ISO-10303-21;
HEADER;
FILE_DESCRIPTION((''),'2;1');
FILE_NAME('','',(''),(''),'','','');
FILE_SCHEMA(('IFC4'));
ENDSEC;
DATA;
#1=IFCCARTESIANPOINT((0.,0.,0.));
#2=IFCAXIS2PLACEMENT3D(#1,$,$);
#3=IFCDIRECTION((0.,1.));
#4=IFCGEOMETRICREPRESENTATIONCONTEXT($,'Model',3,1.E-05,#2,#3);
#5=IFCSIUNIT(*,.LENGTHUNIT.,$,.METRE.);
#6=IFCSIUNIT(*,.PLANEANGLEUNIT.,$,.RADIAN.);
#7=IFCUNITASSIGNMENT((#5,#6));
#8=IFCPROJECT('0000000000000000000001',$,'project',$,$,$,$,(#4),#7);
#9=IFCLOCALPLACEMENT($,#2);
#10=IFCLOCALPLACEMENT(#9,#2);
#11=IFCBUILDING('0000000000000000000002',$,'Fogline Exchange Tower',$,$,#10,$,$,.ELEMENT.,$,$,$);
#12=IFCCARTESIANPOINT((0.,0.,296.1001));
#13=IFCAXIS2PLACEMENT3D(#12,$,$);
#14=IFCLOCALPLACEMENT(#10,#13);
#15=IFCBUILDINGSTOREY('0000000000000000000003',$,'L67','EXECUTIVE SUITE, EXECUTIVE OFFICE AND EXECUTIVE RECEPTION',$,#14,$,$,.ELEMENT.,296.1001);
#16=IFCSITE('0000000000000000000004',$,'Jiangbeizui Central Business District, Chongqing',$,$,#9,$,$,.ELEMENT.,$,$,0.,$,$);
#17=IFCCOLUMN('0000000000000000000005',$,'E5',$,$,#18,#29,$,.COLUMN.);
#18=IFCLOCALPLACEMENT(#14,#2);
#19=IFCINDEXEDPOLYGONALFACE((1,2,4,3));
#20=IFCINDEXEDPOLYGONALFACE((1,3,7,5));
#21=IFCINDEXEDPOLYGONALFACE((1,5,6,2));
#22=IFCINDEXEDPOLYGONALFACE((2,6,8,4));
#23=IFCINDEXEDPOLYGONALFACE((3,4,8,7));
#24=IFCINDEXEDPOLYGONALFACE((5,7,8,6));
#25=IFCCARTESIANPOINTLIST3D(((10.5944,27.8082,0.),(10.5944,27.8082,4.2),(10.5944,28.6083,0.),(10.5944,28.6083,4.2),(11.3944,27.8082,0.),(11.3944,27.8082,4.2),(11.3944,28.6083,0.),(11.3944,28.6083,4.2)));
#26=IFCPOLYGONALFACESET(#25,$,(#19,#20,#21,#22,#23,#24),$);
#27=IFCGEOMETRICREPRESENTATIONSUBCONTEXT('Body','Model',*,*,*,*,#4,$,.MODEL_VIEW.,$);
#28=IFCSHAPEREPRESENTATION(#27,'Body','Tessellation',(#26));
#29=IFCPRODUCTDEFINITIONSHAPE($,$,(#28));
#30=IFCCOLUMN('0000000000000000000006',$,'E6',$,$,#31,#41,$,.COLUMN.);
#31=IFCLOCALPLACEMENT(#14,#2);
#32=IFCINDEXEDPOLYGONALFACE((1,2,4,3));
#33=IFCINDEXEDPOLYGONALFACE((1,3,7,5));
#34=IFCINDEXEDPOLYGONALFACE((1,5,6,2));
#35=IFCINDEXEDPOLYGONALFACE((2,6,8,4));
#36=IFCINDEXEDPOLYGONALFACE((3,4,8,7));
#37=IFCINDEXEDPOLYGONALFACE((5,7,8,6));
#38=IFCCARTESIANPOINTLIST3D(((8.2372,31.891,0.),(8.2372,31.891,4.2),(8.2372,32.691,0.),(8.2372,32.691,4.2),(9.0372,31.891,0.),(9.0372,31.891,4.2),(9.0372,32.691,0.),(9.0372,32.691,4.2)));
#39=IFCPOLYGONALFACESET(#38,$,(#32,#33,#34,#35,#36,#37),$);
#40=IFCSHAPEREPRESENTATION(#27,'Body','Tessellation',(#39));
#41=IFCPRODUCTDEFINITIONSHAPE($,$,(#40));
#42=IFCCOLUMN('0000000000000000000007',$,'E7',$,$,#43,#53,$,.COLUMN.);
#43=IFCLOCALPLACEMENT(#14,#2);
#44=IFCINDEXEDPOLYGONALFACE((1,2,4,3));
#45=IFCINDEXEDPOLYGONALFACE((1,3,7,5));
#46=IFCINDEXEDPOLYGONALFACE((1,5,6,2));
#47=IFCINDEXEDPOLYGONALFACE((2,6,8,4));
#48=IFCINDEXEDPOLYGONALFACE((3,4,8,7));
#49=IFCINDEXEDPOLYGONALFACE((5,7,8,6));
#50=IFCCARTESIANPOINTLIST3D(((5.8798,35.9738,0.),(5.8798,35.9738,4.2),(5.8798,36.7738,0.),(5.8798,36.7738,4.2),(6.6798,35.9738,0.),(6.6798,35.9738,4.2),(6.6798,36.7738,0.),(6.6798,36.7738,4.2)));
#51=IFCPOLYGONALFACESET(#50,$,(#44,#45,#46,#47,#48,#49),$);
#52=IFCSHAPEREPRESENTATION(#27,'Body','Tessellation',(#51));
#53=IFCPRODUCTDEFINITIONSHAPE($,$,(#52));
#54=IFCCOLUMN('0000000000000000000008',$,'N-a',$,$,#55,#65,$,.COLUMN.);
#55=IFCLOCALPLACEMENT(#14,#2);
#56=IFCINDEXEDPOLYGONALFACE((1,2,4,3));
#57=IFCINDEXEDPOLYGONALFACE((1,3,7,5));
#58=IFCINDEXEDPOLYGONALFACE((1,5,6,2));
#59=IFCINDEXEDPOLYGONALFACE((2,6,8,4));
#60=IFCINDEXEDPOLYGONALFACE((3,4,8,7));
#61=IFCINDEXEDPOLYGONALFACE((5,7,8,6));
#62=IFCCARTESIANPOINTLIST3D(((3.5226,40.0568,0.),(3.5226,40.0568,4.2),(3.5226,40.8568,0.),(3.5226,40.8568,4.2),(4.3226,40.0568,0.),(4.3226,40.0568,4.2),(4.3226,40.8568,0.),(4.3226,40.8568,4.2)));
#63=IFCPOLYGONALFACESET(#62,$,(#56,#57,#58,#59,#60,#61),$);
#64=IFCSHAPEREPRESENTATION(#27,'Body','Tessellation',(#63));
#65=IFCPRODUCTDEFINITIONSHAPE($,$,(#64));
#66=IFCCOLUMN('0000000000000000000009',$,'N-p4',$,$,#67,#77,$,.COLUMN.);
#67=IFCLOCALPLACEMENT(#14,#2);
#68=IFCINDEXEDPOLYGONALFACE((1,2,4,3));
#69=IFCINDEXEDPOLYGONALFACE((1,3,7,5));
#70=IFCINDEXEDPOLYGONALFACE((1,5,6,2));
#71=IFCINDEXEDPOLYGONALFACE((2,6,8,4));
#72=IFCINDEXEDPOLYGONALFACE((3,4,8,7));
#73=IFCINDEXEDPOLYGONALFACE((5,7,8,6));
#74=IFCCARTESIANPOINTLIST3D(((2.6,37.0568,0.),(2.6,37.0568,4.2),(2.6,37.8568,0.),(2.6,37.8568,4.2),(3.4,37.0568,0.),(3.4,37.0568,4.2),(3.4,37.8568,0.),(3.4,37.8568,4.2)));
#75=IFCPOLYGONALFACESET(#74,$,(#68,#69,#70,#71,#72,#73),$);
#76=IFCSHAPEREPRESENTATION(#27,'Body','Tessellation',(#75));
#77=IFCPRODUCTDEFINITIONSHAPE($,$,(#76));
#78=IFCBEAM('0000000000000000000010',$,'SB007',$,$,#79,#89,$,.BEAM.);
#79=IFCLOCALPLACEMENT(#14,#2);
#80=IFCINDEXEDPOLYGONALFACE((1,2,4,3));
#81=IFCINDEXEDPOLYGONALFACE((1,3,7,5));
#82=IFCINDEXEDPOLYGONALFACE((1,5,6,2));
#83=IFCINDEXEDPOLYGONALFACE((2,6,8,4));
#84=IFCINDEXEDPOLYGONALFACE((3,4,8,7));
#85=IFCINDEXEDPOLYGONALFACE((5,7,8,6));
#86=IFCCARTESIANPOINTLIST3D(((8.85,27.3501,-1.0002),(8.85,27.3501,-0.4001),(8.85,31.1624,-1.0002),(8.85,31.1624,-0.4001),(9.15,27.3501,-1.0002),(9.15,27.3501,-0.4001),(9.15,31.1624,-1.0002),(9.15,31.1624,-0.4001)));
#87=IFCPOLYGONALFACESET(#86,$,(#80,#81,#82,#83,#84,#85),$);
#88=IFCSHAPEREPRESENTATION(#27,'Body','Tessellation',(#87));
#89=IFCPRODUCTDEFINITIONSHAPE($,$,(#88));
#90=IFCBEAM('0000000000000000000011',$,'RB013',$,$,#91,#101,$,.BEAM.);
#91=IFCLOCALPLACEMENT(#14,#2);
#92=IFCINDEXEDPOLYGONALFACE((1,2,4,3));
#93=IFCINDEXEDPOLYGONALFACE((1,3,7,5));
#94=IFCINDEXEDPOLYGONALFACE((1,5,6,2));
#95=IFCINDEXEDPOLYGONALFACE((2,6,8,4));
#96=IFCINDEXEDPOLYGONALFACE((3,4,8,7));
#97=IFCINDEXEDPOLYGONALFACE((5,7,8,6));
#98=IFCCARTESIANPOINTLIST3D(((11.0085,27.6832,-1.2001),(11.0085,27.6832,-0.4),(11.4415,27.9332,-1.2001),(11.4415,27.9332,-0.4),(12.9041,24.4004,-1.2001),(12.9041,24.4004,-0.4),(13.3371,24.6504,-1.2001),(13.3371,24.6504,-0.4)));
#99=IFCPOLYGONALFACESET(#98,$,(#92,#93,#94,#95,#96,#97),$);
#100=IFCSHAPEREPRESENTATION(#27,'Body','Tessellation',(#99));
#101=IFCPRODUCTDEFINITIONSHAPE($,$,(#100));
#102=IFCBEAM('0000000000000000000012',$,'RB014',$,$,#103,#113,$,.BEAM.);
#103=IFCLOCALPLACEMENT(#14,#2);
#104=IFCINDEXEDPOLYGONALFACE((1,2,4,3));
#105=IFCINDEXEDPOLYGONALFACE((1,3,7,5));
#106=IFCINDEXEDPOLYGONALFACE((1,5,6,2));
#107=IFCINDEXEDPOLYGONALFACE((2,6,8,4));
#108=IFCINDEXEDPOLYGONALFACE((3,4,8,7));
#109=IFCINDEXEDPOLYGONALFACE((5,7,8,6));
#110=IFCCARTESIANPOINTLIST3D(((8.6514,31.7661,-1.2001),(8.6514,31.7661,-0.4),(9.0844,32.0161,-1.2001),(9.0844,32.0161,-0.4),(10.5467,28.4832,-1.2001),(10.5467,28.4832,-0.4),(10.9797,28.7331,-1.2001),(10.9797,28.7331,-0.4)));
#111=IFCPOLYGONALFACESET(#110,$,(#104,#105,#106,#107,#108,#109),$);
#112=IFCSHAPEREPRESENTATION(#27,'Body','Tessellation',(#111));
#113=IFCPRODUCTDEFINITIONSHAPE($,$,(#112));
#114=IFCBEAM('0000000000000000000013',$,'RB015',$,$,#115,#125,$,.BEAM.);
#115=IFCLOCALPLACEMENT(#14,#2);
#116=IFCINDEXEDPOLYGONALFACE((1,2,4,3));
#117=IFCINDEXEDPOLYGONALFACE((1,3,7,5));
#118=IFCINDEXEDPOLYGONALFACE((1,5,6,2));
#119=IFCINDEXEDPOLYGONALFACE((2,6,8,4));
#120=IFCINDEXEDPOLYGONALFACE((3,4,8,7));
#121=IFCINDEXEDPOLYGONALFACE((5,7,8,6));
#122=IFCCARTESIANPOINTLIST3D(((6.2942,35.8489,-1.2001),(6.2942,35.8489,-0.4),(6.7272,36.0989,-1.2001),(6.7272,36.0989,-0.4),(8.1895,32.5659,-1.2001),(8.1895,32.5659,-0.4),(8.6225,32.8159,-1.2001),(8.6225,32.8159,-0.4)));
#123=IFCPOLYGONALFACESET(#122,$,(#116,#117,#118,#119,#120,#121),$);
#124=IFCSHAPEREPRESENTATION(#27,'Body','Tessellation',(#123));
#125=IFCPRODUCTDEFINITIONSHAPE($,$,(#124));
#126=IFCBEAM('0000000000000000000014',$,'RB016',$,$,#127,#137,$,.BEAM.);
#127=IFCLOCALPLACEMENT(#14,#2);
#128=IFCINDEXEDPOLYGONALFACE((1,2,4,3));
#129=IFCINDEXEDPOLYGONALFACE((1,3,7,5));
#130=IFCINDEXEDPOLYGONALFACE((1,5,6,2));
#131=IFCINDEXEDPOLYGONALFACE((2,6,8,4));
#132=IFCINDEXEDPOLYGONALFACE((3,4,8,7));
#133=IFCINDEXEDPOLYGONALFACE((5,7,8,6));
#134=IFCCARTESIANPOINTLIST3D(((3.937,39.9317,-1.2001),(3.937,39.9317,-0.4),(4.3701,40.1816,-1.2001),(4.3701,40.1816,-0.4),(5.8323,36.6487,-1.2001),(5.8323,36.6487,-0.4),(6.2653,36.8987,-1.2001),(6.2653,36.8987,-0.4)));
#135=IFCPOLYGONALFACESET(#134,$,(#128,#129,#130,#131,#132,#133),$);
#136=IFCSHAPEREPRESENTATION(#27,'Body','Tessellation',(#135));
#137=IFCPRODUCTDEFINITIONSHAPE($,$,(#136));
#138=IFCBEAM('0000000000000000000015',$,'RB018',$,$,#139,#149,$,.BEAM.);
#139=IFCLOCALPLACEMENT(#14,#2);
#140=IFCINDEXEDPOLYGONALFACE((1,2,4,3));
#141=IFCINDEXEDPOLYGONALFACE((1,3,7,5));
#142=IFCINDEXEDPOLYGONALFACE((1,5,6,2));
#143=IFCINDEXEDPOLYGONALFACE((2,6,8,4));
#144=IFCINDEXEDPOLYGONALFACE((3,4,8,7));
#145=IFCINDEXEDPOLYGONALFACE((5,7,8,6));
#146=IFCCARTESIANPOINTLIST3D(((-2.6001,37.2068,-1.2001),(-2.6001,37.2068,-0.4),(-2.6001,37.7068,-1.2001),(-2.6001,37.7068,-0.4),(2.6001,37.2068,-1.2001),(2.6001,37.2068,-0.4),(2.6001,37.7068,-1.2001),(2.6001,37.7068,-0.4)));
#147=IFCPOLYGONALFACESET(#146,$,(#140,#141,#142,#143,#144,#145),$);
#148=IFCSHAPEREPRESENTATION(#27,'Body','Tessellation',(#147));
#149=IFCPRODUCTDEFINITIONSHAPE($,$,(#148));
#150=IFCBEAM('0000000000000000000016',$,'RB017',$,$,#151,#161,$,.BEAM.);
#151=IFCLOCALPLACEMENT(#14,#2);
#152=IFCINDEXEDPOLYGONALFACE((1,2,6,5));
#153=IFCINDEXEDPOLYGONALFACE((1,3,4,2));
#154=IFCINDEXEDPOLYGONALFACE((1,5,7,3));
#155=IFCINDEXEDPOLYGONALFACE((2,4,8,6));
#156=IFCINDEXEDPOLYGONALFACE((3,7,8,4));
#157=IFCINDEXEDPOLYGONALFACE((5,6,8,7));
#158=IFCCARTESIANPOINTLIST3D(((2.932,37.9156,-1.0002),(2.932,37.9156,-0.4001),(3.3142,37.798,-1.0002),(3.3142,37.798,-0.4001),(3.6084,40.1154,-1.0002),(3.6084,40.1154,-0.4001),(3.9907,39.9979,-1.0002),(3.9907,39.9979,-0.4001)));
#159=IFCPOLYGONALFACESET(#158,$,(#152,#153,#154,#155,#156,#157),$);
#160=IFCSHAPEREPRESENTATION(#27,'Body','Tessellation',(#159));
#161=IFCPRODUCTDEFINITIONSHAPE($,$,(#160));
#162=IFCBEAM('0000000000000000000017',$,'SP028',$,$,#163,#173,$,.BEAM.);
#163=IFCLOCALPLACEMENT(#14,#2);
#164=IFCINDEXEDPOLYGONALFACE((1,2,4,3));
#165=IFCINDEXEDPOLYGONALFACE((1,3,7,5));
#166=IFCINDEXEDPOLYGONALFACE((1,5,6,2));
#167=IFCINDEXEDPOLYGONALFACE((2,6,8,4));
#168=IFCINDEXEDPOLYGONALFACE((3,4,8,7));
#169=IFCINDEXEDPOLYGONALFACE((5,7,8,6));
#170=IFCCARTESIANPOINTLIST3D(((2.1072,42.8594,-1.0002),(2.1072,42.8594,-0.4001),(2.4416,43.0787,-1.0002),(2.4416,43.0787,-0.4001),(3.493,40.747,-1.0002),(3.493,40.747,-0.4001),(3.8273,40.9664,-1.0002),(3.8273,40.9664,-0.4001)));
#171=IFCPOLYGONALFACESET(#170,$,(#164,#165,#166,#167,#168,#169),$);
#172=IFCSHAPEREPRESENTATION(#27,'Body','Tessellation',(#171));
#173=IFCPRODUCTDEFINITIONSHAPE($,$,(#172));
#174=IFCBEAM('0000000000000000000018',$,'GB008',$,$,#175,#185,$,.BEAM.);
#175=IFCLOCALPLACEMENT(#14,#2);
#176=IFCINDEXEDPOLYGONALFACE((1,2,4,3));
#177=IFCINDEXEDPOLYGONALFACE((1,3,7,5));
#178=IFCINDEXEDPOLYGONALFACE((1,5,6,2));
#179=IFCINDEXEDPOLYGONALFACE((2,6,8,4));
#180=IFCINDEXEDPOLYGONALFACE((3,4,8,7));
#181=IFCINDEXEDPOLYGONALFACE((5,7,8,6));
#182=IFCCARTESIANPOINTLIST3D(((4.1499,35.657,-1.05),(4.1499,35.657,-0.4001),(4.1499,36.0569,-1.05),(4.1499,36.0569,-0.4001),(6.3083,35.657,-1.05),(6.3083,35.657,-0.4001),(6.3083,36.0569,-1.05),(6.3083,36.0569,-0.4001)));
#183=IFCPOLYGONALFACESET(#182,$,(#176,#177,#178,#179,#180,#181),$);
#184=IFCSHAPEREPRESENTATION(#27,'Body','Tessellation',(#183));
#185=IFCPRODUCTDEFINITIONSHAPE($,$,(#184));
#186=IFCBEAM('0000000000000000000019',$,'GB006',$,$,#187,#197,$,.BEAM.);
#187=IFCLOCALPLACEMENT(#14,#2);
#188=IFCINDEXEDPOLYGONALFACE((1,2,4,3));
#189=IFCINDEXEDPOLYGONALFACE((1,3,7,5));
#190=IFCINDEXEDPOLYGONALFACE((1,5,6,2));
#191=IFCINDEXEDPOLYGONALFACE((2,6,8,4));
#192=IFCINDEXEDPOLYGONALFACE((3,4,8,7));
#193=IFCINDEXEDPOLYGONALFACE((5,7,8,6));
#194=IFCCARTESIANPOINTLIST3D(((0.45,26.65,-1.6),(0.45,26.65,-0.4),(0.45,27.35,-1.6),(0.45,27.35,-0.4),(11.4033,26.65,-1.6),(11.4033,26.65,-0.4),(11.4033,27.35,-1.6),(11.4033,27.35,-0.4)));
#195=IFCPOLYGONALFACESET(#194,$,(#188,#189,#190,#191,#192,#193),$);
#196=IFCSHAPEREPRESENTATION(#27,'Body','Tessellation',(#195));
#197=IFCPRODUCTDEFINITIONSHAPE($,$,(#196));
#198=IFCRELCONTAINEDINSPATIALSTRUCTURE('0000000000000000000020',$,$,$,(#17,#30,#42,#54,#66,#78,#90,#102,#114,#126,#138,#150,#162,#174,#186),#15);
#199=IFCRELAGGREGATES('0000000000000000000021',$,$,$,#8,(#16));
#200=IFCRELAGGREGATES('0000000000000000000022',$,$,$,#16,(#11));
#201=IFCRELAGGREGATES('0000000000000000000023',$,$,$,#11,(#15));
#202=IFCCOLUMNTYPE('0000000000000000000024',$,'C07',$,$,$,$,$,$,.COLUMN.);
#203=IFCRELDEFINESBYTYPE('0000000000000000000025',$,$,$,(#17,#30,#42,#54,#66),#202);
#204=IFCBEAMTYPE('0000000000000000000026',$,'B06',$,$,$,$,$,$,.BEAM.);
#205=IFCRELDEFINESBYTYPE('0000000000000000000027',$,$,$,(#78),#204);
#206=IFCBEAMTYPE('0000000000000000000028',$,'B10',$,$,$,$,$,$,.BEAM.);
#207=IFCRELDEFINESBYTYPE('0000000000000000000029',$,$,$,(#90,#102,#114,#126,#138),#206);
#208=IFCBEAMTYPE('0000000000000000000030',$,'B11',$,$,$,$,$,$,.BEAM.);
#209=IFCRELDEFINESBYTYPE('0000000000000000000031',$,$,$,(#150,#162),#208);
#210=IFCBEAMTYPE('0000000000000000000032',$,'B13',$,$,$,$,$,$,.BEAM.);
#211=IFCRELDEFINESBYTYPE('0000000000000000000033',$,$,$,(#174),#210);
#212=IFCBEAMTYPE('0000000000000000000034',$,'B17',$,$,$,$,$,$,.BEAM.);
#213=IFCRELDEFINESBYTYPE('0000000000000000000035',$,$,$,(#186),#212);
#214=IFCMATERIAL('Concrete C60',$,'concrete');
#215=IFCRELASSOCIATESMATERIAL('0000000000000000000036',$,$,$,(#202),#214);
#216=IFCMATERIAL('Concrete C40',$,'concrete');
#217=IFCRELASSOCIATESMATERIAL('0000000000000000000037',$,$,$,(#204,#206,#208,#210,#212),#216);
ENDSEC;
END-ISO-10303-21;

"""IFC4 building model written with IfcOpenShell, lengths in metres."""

from ifc_helpers import new_model, si_unit, direction, frame, origin, origin_2d, place, context, subcontext, project, spatial, rectangle, extrude, material, material_profile, profile_set, type_object, element, save


model = new_model("IFC4")

# Units and contexts
model_context = context("Model", 3, precision=1e-05, world=origin(), true_north=direction((0.0, 1.0)))
body_context = subcontext(model_context, "Body", "Model", "MODEL_VIEW")
ifc_project = project(units=[si_unit("LENGTHUNIT", "METRE"), si_unit("PLANEANGLEUNIT", "RADIAN")], contexts=[model_context])

# Site, building, storey
site_placement = place(None, origin())
site = spatial("IfcSite", under=ifc_project, at=site_placement, Name="Jiangbeizui Central Business District, Chongqing", CompositionType="ELEMENT", RefElevation=0.0)
building_placement = place(site_placement, origin())
building = spatial("IfcBuilding", under=site, at=building_placement, Name="Fogline Exchange Tower", CompositionType="ELEMENT")
storey_placement = place(building_placement, frame((0.0, 0.0, 296.1001)))
storey = spatial("IfcBuildingStorey", under=building, at=storey_placement, Name="L67", Description="EXECUTIVE SUITE, EXECUTIVE OFFICE AND EXECUTIVE RECEPTION", CompositionType="ELEMENT", Elevation=296.1001)

# Columns
ifc_material_1 = material(Name="Concrete C60", Category="concrete")
ifc_material_profile_1 = material_profile(ifc_material_1, rectangle(XDim=0.8, YDim=0.8, at=origin_2d()), Name="RC 800x800")
ifc_profile_set_1 = profile_set([ifc_material_profile_1], Name="Concrete C60")
column_type = type_object("IfcColumnType", Name="C07", PredefinedType="COLUMN", material=ifc_profile_set_1)
for number, where, z_axis, x_axis, name in (
    (1, (10.9944, 28.2083, 0.0), (0.0, 0.0, 1.0), (1.0, 0.0, 0.0), "E5"),
    (2, (8.6372, 32.291, 0.0), (0.0, 0.0, 1.0), (1.0, 0.0, 0.0), "E6"),
    (3, (6.2798, 36.3738, 0.0), (0.0, 0.0, 1.0), (1.0, 0.0, 0.0), "E7"),
    (4, (3.9226, 40.4568, 0.0), (0.0, 0.0, 1.0), (1.0, 0.0, 0.0), "N-a"),
    (5, (3.0, 37.4568, 0.0), (0.0, 0.0, 1.0), (1.0, 0.0, 0.0), "N-p4"),
):
    element("IfcColumn", number, at=place(storey_placement, frame(where, z_axis=z_axis, x_axis=x_axis)), inside=storey, type_object=column_type, Name=name, PredefinedType="COLUMN", context=body_context, shape_type="SweptSolid", body=[
        extrude(rectangle(XDim=0.8, YDim=0.8, at=origin_2d()), origin(), (0.0, 0.0, 1.0), 4.2),
    ])

# Beams
ifc_material_2 = material(Name="Concrete C40", Category="concrete")
ifc_material_profile_2 = material_profile(ifc_material_2, rectangle(XDim=0.3, YDim=0.6001, at=origin_2d()), Name="RC 300x600")
ifc_profile_set_2 = profile_set([ifc_material_profile_2], Name="Concrete C40")
beam_type_1 = type_object("IfcBeamType", Name="B06", PredefinedType="BEAM", material=ifc_profile_set_2)
beam_1_placement = place(storey_placement, frame((9.0, 27.3501, -0.7002), z_axis=(0.0, 1.0, 0.0), x_axis=(-1.0, 0.0, 0.0)))
element("IfcBeam", 6, at=beam_1_placement, inside=storey, type_object=beam_type_1, Name="SB007", PredefinedType="BEAM", context=body_context, shape_type="SweptSolid", body=[
    extrude(rectangle(XDim=0.3, YDim=0.6001, at=origin_2d()), origin(), (0.0, 0.0, 1.0), 3.8123),
])
ifc_material_profile_3 = material_profile(ifc_material_2, rectangle(XDim=0.5, YDim=0.8, at=origin_2d()), Name="RC 500x800")
ifc_profile_set_3 = profile_set([ifc_material_profile_3], Name="Concrete C40")
beam_type_2 = type_object("IfcBeamType", Name="B10", PredefinedType="BEAM", material=ifc_profile_set_3)
for number, where, z_axis, x_axis, name in (
    (7, (13.1206, 24.5254, -0.8), (-0.500046, 0.865999, 0.0), (-0.865999, -0.500046, 0.0), "RB013"),
    (8, (10.7632, 28.6082, -0.8), (-0.49997, 0.866043, 0.0), (-0.866043, -0.49997, 0.0), "RB014"),
    (9, (8.406, 32.6909, -0.8), (-0.49997, 0.866043, 0.0), (-0.866043, -0.49997, 0.0), "RB015"),
    (10, (6.0488, 36.7737, -0.8), (-0.49997, 0.866043, 0.0), (-0.866043, -0.49997, 0.0), "RB016"),
):
    element("IfcBeam", number, at=place(storey_placement, frame(where, z_axis=z_axis, x_axis=x_axis)), inside=storey, type_object=beam_type_2, Name=name, PredefinedType="BEAM", context=body_context, shape_type="SweptSolid", body=[
        extrude(rectangle(XDim=0.5, YDim=0.8, at=origin_2d()), origin(), (0.0, 0.0, 1.0), 3.7908),
    ])
beam_2_placement = place(storey_placement, frame((2.6001, 37.4568, -0.8), z_axis=(-1.0, 0.0, 0.0), x_axis=(0.0, -1.0, 0.0)))
element("IfcBeam", 11, at=beam_2_placement, inside=storey, type_object=beam_type_2, Name="RB018", PredefinedType="BEAM", context=body_context, shape_type="SweptSolid", body=[
    extrude(rectangle(XDim=0.5, YDim=0.8, at=origin_2d()), origin(), (0.0, 0.0, 1.0), 5.2002),
])
ifc_material_profile_4 = material_profile(ifc_material_2, rectangle(XDim=0.3999, YDim=0.6001, at=origin_2d()), Name="RC 400x600")
ifc_profile_set_4 = profile_set([ifc_material_profile_4], Name="Concrete C40")
beam_type_3 = type_object("IfcBeamType", Name="B11", PredefinedType="BEAM", material=ifc_profile_set_4)
beam_3_placement = place(storey_placement, frame((3.7996, 40.0566, -0.7002), z_axis=(-0.293929, -0.955827, 0.0), x_axis=(0.955827, -0.293929, 0.0)))
element("IfcBeam", 12, at=beam_3_placement, inside=storey, type_object=beam_type_3, Name="RB017", PredefinedType="BEAM", context=body_context, shape_type="SweptSolid", body=[
    extrude(rectangle(XDim=0.3999, YDim=0.6001, at=origin_2d()), origin(), (0.0, 0.0, 1.0), 2.3015),
])
beam_4_placement = place(storey_placement, frame((3.6602, 40.8567, -0.7002), z_axis=(-0.54853, 0.836131, 0.0), x_axis=(-0.836131, -0.54853, 0.0)))
element("IfcBeam", 13, at=beam_4_placement, inside=storey, type_object=beam_type_3, Name="SP028", PredefinedType="BEAM", context=body_context, shape_type="SweptSolid", body=[
    extrude(rectangle(XDim=0.3999, YDim=0.6001, at=origin_2d()), origin(), (0.0, 0.0, 1.0), 2.5264),
])
ifc_material_profile_5 = material_profile(ifc_material_2, rectangle(XDim=0.3999, YDim=0.6499, at=origin_2d()), Name="RC 400x650")
ifc_profile_set_5 = profile_set([ifc_material_profile_5], Name="Concrete C40")
beam_type_4 = type_object("IfcBeamType", Name="B13", PredefinedType="BEAM", material=ifc_profile_set_5)
beam_5_placement = place(storey_placement, frame((4.1499, 35.8569, -0.7251), z_axis=(1.0, 0.0, 0.0), x_axis=(0.0, 1.0, 0.0)))
element("IfcBeam", 14, at=beam_5_placement, inside=storey, type_object=beam_type_4, Name="GB008", PredefinedType="BEAM", context=body_context, shape_type="SweptSolid", body=[
    extrude(rectangle(XDim=0.3999, YDim=0.6499, at=origin_2d()), origin(), (0.0, 0.0, 1.0), 2.1584),
])
ifc_material_profile_6 = material_profile(ifc_material_2, rectangle(XDim=0.7, YDim=1.2, at=origin_2d()), Name="RC 700x1200")
ifc_profile_set_6 = profile_set([ifc_material_profile_6], Name="Concrete C40")
beam_type_5 = type_object("IfcBeamType", Name="B17", PredefinedType="BEAM", material=ifc_profile_set_6)
beam_6_placement = place(storey_placement, frame((0.45, 27.0, -1.0), z_axis=(1.0, 0.0, 0.0), x_axis=(0.0, 1.0, 0.0)))
element("IfcBeam", 15, at=beam_6_placement, inside=storey, type_object=beam_type_5, Name="GB006", PredefinedType="BEAM", context=body_context, shape_type="SweptSolid", body=[
    extrude(rectangle(XDim=0.7, YDim=1.2, at=origin_2d()), origin(), (0.0, 0.0, 1.0), 10.9534),
])

save(model, "model.ifc")
